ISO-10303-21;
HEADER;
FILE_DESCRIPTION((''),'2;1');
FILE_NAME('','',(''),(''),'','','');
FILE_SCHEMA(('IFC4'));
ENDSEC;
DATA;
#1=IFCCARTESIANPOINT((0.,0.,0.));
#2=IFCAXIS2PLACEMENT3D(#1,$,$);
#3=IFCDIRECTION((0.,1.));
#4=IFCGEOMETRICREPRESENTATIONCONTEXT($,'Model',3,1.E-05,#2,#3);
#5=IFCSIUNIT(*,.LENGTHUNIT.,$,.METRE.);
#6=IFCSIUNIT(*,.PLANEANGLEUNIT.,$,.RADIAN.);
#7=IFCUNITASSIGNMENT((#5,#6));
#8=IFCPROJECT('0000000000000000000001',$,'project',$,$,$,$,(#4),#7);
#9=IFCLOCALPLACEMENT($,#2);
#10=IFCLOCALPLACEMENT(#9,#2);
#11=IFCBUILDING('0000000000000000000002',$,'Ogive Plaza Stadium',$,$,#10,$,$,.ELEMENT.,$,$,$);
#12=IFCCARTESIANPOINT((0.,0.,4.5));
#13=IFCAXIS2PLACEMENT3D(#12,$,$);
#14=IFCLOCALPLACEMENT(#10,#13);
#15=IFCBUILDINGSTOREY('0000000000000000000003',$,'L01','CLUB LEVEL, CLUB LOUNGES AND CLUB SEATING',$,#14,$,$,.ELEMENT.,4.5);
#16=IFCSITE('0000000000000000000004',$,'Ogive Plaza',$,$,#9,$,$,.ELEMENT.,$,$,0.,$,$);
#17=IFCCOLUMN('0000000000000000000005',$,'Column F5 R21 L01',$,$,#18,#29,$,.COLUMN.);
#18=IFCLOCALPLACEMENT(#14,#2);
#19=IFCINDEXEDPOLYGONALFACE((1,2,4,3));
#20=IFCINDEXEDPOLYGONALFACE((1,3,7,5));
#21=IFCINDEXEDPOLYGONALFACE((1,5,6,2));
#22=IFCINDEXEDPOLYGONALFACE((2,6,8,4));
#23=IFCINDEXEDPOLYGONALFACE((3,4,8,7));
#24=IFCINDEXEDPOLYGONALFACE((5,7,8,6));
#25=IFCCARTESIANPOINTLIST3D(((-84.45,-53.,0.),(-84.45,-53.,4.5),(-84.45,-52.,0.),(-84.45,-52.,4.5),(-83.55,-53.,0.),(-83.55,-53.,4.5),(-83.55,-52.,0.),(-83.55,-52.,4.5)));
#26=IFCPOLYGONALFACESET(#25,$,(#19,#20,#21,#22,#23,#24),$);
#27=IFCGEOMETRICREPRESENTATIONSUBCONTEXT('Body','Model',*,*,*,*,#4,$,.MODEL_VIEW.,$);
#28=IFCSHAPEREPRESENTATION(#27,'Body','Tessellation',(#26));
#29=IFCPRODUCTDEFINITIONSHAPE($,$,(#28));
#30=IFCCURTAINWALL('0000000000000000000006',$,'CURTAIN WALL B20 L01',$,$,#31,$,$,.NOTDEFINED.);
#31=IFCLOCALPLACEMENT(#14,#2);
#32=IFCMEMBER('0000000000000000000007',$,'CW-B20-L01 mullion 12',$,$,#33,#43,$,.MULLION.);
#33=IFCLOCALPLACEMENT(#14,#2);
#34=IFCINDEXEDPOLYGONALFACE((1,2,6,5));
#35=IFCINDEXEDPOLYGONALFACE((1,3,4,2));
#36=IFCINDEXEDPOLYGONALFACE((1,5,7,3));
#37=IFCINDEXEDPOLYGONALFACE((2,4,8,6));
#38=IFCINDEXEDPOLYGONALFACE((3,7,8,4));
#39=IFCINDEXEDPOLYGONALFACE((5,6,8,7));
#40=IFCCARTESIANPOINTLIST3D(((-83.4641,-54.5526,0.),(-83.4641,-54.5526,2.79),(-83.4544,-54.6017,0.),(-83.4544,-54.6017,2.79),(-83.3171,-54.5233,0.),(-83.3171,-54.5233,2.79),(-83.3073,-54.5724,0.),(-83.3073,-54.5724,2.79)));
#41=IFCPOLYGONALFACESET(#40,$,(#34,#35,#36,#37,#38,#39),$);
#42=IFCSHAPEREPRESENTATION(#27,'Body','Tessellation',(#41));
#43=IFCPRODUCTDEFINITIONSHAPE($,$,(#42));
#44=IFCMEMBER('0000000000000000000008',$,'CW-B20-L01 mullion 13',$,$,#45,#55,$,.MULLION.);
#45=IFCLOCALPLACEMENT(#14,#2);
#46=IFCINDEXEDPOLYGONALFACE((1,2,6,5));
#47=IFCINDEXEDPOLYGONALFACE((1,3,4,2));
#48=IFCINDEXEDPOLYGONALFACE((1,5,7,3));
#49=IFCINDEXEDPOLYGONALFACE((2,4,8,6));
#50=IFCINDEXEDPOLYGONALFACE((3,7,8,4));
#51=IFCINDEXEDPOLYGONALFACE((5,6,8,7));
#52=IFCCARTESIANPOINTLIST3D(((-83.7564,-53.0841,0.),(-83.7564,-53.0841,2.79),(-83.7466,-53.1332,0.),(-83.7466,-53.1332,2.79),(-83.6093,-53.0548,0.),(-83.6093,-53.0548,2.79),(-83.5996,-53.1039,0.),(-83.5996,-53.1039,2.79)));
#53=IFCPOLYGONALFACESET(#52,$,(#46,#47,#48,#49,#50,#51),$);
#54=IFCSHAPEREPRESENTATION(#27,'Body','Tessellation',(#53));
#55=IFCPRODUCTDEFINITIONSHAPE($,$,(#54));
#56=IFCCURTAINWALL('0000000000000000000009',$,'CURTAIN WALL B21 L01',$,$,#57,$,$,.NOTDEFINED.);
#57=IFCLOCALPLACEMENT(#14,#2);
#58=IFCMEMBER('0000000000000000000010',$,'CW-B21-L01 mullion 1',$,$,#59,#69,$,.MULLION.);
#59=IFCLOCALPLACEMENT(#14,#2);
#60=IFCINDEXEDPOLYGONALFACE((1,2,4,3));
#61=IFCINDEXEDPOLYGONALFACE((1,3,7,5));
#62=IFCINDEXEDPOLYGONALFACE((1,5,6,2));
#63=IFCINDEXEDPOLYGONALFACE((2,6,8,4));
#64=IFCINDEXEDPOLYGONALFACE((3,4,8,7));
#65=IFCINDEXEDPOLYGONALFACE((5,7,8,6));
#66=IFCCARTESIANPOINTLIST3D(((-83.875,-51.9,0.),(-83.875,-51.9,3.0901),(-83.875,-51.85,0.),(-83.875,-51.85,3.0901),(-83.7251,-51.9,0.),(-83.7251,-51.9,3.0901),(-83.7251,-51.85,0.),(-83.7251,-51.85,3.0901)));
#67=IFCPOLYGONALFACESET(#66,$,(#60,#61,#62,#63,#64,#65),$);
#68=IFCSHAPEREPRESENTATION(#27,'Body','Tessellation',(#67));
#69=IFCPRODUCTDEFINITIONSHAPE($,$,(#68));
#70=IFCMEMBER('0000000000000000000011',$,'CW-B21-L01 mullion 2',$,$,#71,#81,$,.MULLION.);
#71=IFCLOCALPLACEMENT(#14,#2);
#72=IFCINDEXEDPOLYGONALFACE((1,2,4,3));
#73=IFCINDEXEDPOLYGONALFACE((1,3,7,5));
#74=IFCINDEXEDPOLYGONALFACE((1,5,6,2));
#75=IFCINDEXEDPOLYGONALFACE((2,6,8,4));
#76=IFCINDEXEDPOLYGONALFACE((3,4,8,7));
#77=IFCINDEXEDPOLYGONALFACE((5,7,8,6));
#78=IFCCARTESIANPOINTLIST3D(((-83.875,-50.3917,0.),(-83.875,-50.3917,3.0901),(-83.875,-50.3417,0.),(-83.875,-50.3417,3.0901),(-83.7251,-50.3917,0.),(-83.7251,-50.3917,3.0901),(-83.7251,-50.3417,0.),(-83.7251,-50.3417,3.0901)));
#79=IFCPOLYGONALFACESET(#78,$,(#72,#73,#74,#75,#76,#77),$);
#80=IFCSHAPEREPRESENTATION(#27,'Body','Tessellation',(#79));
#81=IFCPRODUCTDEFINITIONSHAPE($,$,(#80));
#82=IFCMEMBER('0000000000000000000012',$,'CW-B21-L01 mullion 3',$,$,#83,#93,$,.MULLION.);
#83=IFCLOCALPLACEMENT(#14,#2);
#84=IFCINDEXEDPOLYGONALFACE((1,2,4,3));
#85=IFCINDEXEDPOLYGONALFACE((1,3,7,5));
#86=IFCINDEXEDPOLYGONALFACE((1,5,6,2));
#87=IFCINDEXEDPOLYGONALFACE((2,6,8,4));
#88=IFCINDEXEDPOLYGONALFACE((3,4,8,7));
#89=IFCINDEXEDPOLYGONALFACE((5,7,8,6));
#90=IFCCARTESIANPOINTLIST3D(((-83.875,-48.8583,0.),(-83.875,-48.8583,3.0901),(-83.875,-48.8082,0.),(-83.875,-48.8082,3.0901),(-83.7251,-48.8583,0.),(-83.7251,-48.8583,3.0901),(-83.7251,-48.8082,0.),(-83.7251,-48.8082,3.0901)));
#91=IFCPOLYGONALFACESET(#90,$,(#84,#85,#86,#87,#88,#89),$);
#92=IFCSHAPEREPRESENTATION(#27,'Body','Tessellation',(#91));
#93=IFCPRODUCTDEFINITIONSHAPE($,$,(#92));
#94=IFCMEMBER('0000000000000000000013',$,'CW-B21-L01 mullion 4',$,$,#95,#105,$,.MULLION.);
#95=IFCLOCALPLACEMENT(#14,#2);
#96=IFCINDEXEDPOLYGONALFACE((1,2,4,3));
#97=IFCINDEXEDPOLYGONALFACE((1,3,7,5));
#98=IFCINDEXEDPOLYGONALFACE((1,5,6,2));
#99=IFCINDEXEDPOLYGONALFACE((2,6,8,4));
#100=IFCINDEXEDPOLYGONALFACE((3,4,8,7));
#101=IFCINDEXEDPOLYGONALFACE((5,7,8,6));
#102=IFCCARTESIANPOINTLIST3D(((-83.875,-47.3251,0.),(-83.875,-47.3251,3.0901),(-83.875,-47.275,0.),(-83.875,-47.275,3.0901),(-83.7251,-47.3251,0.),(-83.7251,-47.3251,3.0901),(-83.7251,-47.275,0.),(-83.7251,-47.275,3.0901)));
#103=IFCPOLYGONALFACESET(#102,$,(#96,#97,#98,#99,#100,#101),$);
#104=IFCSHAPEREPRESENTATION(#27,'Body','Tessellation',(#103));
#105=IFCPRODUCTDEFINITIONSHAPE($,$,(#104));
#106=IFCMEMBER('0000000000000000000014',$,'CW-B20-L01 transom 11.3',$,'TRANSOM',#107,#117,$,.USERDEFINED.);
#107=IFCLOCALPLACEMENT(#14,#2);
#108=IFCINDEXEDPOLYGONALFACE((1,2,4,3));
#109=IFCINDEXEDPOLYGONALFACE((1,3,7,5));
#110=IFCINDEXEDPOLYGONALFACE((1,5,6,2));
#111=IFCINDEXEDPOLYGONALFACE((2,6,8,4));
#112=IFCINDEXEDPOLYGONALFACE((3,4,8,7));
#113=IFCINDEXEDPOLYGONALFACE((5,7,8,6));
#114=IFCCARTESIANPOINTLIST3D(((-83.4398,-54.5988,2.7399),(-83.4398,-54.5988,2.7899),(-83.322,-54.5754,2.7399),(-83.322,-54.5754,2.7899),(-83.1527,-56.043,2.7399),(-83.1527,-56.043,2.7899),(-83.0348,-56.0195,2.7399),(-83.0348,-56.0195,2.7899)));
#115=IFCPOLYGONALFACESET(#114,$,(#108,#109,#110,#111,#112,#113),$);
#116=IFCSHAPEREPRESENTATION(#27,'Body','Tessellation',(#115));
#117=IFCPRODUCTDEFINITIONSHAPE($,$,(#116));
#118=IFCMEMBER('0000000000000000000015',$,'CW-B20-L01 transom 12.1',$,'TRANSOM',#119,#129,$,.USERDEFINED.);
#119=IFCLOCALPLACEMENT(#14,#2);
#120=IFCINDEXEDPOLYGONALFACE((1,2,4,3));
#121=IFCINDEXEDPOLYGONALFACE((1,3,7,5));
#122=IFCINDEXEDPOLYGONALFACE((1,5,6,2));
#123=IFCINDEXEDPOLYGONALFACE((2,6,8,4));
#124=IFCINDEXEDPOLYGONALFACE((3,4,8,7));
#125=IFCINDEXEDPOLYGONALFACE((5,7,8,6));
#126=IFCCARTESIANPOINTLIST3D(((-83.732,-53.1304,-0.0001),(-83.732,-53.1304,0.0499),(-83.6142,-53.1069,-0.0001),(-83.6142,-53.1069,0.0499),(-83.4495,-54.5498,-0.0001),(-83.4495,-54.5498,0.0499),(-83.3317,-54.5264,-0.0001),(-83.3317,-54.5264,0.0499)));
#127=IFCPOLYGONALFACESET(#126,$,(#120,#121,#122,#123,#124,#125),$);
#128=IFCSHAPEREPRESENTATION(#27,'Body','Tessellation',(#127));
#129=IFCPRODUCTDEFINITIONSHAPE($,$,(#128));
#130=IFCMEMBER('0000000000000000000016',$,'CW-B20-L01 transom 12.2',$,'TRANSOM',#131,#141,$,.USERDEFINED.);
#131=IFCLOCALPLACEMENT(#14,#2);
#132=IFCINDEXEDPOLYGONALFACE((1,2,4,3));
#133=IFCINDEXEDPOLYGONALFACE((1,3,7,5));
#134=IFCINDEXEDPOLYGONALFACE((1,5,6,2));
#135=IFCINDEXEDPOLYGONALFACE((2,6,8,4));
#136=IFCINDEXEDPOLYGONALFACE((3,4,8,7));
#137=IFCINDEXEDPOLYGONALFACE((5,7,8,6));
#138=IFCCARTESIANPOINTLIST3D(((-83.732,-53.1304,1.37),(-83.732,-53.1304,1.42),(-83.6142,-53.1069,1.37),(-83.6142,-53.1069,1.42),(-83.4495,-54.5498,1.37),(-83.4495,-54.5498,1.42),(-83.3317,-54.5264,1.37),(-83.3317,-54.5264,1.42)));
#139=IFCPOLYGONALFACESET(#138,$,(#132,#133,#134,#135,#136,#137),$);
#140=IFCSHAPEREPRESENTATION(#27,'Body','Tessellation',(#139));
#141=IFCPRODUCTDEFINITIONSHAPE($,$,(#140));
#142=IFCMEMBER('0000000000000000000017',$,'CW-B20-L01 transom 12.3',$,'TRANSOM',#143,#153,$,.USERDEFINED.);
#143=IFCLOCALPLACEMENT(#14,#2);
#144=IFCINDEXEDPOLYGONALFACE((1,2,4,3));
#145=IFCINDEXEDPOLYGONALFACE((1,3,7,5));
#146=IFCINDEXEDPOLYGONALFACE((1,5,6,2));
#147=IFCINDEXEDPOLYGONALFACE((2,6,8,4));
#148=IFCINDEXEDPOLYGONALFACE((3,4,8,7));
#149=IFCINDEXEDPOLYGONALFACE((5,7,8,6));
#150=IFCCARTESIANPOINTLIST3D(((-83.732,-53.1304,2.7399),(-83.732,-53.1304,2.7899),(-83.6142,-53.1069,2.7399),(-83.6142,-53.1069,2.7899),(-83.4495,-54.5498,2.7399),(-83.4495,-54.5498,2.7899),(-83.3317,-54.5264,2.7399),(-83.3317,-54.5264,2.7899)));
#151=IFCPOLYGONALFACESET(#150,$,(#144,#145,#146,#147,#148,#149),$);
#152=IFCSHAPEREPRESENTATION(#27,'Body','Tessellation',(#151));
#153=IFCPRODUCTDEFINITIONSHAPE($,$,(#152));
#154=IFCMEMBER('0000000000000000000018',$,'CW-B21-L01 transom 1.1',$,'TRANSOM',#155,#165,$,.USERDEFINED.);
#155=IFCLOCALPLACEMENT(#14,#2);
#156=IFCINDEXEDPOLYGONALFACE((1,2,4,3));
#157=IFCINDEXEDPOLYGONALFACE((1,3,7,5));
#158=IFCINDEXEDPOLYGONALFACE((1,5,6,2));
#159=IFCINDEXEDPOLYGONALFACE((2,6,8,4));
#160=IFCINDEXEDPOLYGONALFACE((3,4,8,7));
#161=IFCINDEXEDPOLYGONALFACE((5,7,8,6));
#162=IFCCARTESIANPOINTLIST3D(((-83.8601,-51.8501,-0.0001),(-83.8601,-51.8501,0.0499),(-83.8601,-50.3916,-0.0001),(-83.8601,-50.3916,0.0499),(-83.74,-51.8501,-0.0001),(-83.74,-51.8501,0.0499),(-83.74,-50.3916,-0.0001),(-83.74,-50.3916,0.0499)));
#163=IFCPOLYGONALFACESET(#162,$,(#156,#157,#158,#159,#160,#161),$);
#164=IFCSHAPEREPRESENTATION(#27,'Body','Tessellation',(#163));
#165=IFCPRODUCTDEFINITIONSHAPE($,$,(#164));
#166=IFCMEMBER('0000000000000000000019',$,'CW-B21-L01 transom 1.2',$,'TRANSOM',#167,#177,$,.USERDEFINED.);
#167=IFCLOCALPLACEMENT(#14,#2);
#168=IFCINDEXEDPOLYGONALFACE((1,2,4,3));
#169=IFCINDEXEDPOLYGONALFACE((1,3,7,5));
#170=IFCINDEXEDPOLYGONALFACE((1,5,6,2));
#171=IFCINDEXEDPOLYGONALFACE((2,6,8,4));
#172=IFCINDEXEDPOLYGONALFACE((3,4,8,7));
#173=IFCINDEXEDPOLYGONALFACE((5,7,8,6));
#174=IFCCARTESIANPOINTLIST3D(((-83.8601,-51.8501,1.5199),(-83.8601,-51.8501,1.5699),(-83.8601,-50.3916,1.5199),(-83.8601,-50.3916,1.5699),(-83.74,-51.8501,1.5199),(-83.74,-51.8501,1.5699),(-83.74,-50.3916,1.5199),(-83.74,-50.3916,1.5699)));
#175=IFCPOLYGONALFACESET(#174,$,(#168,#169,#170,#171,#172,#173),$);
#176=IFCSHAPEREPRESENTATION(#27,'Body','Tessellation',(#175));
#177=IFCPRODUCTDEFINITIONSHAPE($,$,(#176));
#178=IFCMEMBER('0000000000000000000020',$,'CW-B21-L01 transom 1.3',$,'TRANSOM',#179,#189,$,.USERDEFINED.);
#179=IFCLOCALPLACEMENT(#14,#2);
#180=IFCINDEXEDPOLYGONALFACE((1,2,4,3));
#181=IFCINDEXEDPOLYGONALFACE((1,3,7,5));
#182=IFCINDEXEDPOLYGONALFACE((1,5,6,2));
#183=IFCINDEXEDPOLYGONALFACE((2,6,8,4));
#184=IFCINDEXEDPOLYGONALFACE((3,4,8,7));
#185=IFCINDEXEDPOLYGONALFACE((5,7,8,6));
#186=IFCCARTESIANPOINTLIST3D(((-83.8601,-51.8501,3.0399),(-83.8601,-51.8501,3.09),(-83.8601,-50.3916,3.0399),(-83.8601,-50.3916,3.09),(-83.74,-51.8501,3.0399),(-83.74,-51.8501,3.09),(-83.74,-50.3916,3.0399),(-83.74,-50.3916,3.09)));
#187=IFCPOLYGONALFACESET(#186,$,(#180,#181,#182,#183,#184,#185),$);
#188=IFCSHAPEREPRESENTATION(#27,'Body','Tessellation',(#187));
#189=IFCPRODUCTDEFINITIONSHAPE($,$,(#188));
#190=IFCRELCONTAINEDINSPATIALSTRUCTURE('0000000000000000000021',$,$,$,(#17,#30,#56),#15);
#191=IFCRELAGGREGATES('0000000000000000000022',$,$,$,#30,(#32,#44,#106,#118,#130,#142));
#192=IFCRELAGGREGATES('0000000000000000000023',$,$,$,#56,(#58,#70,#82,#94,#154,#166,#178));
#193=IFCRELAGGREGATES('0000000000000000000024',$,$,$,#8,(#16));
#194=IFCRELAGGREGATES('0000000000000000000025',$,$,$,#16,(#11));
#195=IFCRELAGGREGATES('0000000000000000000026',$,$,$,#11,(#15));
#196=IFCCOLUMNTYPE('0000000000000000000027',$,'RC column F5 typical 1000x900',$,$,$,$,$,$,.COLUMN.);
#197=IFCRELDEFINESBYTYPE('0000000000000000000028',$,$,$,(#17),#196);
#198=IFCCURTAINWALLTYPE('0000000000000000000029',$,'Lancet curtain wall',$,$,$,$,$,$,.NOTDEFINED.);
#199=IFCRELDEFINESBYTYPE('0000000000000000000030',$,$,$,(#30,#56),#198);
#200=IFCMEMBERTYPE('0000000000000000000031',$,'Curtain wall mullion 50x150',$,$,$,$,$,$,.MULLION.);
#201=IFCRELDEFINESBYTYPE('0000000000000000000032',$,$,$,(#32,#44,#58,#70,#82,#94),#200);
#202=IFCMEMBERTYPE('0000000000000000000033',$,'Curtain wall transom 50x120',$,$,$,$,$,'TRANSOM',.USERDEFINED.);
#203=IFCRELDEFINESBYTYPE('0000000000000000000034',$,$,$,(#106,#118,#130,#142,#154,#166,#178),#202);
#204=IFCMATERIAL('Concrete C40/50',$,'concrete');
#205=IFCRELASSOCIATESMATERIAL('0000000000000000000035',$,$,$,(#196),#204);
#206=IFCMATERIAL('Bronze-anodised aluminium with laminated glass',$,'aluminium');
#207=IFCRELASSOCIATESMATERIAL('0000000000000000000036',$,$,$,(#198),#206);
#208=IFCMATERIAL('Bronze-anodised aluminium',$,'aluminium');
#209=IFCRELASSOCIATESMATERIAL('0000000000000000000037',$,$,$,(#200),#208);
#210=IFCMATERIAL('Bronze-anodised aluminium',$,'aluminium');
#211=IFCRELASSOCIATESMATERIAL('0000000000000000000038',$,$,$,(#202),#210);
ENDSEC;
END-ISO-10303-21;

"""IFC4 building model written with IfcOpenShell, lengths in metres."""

from ifc_helpers import new_model, si_unit, direction, frame, origin, origin_2d, place, context, subcontext, project, spatial, rectangle, extrude, material, material_profile, profile_set, type_object, element, aggregate, save


model = new_model("IFC4")

# Units and contexts
model_context = context("Model", 3, precision=1e-05, world=origin(), true_north=direction((0.0, 1.0)))
body_context = subcontext(model_context, "Body", "Model", "MODEL_VIEW")
ifc_project = project(units=[si_unit("LENGTHUNIT", "METRE"), si_unit("PLANEANGLEUNIT", "RADIAN")], contexts=[model_context])

# Site, building, storey
site_placement = place(None, origin())
site = spatial("IfcSite", under=ifc_project, at=site_placement, Name="Ogive Plaza", CompositionType="ELEMENT", RefElevation=0.0)
building_placement = place(site_placement, origin())
building = spatial("IfcBuilding", under=site, at=building_placement, Name="Ogive Plaza Stadium", CompositionType="ELEMENT")
storey_placement = place(building_placement, frame((0.0, 0.0, 4.5)))
storey = spatial("IfcBuildingStorey", under=building, at=storey_placement, Name="L01", Description="CLUB LEVEL, CLUB LOUNGES AND CLUB SEATING", CompositionType="ELEMENT", Elevation=4.5)

# Column
ifc_material_1 = material(Name="Concrete C40/50", Category="concrete")
ifc_material_profile_1 = material_profile(ifc_material_1, rectangle(XDim=1.0, YDim=0.8999, at=origin_2d()), Name="RC 1000x900")
ifc_profile_set_1 = profile_set([ifc_material_profile_1], Name="Concrete C40/50")
column_type = type_object("IfcColumnType", Name="RC column F5 typical 1000x900", PredefinedType="COLUMN", material=ifc_profile_set_1)
column_placement = place(storey_placement, frame((-84.0, -52.5, 0.0), z_axis=(0.0, 0.0, 1.0), x_axis=(0.0, -1.0, 0.0)))
element("IfcColumn", 1, at=column_placement, inside=storey, type_object=column_type, Name="Column F5 R21 L01", PredefinedType="COLUMN", context=body_context, shape_type="SweptSolid", body=[
    extrude(rectangle(XDim=1.0, YDim=0.8999, at=origin_2d()), origin(), (0.0, 0.0, 1.0), 4.5),
])

# Curtain walls, members
ifc_material_2 = material(Name="Bronze-anodised aluminium with laminated glass", Category="aluminium")
curtain_wall_type = type_object("IfcCurtainWallType", Name="Lancet curtain wall", PredefinedType="NOTDEFINED", material=ifc_material_2)
curtain_wall_1_placement = place(storey_placement, origin())
curtain_wall_1 = element("IfcCurtainWall", 2, at=curtain_wall_1_placement, inside=storey, type_object=curtain_wall_type, Name="CURTAIN WALL B20 L01", PredefinedType="NOTDEFINED")
ifc_material_3 = material(Name="Bronze-anodised aluminium", Category="aluminium")
ifc_material_profile_2 = material_profile(ifc_material_3, rectangle(XDim=0.1499, YDim=0.05, at=origin_2d()), Name="AL 150x50")
ifc_profile_set_2 = profile_set([ifc_material_profile_2], Name="Bronze-anodised aluminium")
member_type_1 = type_object("IfcMemberType", Name="Curtain wall mullion 50x150", PredefinedType="MULLION", material=ifc_profile_set_2)
member_1_placement = place(storey_placement, frame((-83.3857, -54.5625, 0.0), z_axis=(0.0, 0.0, 1.0), x_axis=(-0.980785, -0.19509, 0.0)))
member_1 = element("IfcMember", 3, at=member_1_placement, type_object=member_type_1, Name="CW-B20-L01 mullion 12", PredefinedType="MULLION", context=body_context, shape_type="SweptSolid", body=[
    extrude(rectangle(XDim=0.1499, YDim=0.05, at=origin_2d()), origin(), (0.0, 0.0, 1.0), 2.79),
])
member_2_placement = place(storey_placement, frame((-83.678, -53.094, 0.0), z_axis=(0.0, 0.0, 1.0), x_axis=(-0.980785, -0.19509, 0.0)))
member_2 = element("IfcMember", 4, at=member_2_placement, type_object=member_type_1, Name="CW-B20-L01 mullion 13", PredefinedType="MULLION", context=body_context, shape_type="SweptSolid", body=[
    extrude(rectangle(XDim=0.1499, YDim=0.05, at=origin_2d()), origin(), (0.0, 0.0, 1.0), 2.79),
])
curtain_wall_2_placement = place(storey_placement, origin())
curtain_wall_2 = element("IfcCurtainWall", 5, at=curtain_wall_2_placement, inside=storey, type_object=curtain_wall_type, Name="CURTAIN WALL B21 L01", PredefinedType="NOTDEFINED")
member_3_placement = place(storey_placement, frame((-83.8, -51.875, 0.0), z_axis=(0.0, 0.0, 1.0), x_axis=(-1.0, 0.0, 0.0)))
member_3 = element("IfcMember", 6, at=member_3_placement, type_object=member_type_1, Name="CW-B21-L01 mullion 1", PredefinedType="MULLION", context=body_context, shape_type="SweptSolid", body=[
    extrude(rectangle(XDim=0.1499, YDim=0.05, at=origin_2d()), origin(), (0.0, 0.0, 1.0), 3.0901),
])
member_4_placement = place(storey_placement, frame((-83.8, -50.3667, 0.0), z_axis=(0.0, 0.0, 1.0), x_axis=(-1.0, 0.0, 0.0)))
member_4 = element("IfcMember", 7, at=member_4_placement, type_object=member_type_1, Name="CW-B21-L01 mullion 2", PredefinedType="MULLION", context=body_context, shape_type="SweptSolid", body=[
    extrude(rectangle(XDim=0.1499, YDim=0.05, at=origin_2d()), origin(), (0.0, 0.0, 1.0), 3.0901),
])
member_5_placement = place(storey_placement, frame((-83.8, -48.8333, 0.0), z_axis=(0.0, 0.0, 1.0), x_axis=(-1.0, 0.0, 0.0)))
member_5 = element("IfcMember", 8, at=member_5_placement, type_object=member_type_1, Name="CW-B21-L01 mullion 3", PredefinedType="MULLION", context=body_context, shape_type="SweptSolid", body=[
    extrude(rectangle(XDim=0.1499, YDim=0.05, at=origin_2d()), origin(), (0.0, 0.0, 1.0), 3.0901),
])
member_6_placement = place(storey_placement, frame((-83.8, -47.3, 0.0), z_axis=(0.0, 0.0, 1.0), x_axis=(-1.0, 0.0, 0.0)))
member_6 = element("IfcMember", 9, at=member_6_placement, type_object=member_type_1, Name="CW-B21-L01 mullion 4", PredefinedType="MULLION", context=body_context, shape_type="SweptSolid", body=[
    extrude(rectangle(XDim=0.1499, YDim=0.05, at=origin_2d()), origin(), (0.0, 0.0, 1.0), 3.0901),
])

# Members
ifc_material_4 = material(Name="Bronze-anodised aluminium", Category="aluminium")
ifc_material_profile_3 = material_profile(ifc_material_4, rectangle(XDim=0.1201, YDim=0.05, at=origin_2d()), Name="AL 120x50")
ifc_profile_set_3 = profile_set([ifc_material_profile_3], Name="Bronze-anodised aluminium")
member_type_2 = type_object("IfcMemberType", Name="Curtain wall transom 50x120", ElementType="TRANSOM", PredefinedType="USERDEFINED", material=ifc_profile_set_3)
member_7_placement = place(storey_placement, frame((-83.0938, -56.0312, 2.7649), z_axis=(-0.195, 0.980803, 0.0), x_axis=(-0.980803, -0.195, 0.0)))
member_7 = element("IfcMember", 10, at=member_7_placement, type_object=member_type_2, Name="CW-B20-L01 transom 11.3", ObjectType="TRANSOM", PredefinedType="USERDEFINED", context=body_context, shape_type="SweptSolid", body=[
    extrude(rectangle(XDim=0.1201, YDim=0.05, at=origin_2d()), origin(), (0.0, 0.0, 1.0), 1.4724),
])
member_8_placement = place(storey_placement, frame((-83.3906, -54.5381, 0.0249), z_axis=(-0.195175, 0.980768, 0.0), x_axis=(-0.980768, -0.195175, 0.0)))
member_8 = element("IfcMember", 11, at=member_8_placement, type_object=member_type_2, Name="CW-B20-L01 transom 12.1", ObjectType="TRANSOM", PredefinedType="USERDEFINED", context=body_context, shape_type="SweptSolid", body=[
    extrude(rectangle(XDim=0.1201, YDim=0.05, at=origin_2d()), origin(), (0.0, 0.0, 1.0), 1.4473),
])
member_9_placement = place(storey_placement, frame((-83.3906, -54.5381, 1.395), z_axis=(-0.195175, 0.980768, 0.0), x_axis=(-0.980768, -0.195175, 0.0)))
member_9 = element("IfcMember", 12, at=member_9_placement, type_object=member_type_2, Name="CW-B20-L01 transom 12.2", ObjectType="TRANSOM", PredefinedType="USERDEFINED", context=body_context, shape_type="SweptSolid", body=[
    extrude(rectangle(XDim=0.1201, YDim=0.05, at=origin_2d()), origin(), (0.0, 0.0, 1.0), 1.4473),
])
member_10_placement = place(storey_placement, frame((-83.3906, -54.5381, 2.7649), z_axis=(-0.195175, 0.980768, 0.0), x_axis=(-0.980768, -0.195175, 0.0)))
member_10 = element("IfcMember", 13, at=member_10_placement, type_object=member_type_2, Name="CW-B20-L01 transom 12.3", ObjectType="TRANSOM", PredefinedType="USERDEFINED", context=body_context, shape_type="SweptSolid", body=[
    extrude(rectangle(XDim=0.1201, YDim=0.05, at=origin_2d()), origin(), (0.0, 0.0, 1.0), 1.4473),
])
member_11_placement = place(storey_placement, frame((-83.8, -51.8501, 0.0249), z_axis=(0.0, 1.0, 0.0), x_axis=(-1.0, 0.0, 0.0)))
member_11 = element("IfcMember", 14, at=member_11_placement, type_object=member_type_2, Name="CW-B21-L01 transom 1.1", ObjectType="TRANSOM", PredefinedType="USERDEFINED", context=body_context, shape_type="SweptSolid", body=[
    extrude(rectangle(XDim=0.1201, YDim=0.05, at=origin_2d()), origin(), (0.0, 0.0, 1.0), 1.4585),
])
member_12_placement = place(storey_placement, frame((-83.8, -51.8501, 1.5449), z_axis=(0.0, 1.0, 0.0), x_axis=(-1.0, 0.0, 0.0)))
member_12 = element("IfcMember", 15, at=member_12_placement, type_object=member_type_2, Name="CW-B21-L01 transom 1.2", ObjectType="TRANSOM", PredefinedType="USERDEFINED", context=body_context, shape_type="SweptSolid", body=[
    extrude(rectangle(XDim=0.1201, YDim=0.05, at=origin_2d()), origin(), (0.0, 0.0, 1.0), 1.4585),
])
member_13_placement = place(storey_placement, frame((-83.8, -51.8501, 3.0649), z_axis=(0.0, 1.0, 0.0), x_axis=(-1.0, 0.0, 0.0)))
member_13 = element("IfcMember", 16, at=member_13_placement, type_object=member_type_2, Name="CW-B21-L01 transom 1.3", ObjectType="TRANSOM", PredefinedType="USERDEFINED", context=body_context, shape_type="SweptSolid", body=[
    extrude(rectangle(XDim=0.1201, YDim=0.05, at=origin_2d()), origin(), (0.0, 0.0, 1.0), 1.4585),
])

aggregate(curtain_wall_1, [member_1, member_2, member_7, member_8, member_9, member_10])
aggregate(curtain_wall_2, [member_3, member_4, member_5, member_6, member_11, member_12, member_13])

save(model, "model.ifc")
